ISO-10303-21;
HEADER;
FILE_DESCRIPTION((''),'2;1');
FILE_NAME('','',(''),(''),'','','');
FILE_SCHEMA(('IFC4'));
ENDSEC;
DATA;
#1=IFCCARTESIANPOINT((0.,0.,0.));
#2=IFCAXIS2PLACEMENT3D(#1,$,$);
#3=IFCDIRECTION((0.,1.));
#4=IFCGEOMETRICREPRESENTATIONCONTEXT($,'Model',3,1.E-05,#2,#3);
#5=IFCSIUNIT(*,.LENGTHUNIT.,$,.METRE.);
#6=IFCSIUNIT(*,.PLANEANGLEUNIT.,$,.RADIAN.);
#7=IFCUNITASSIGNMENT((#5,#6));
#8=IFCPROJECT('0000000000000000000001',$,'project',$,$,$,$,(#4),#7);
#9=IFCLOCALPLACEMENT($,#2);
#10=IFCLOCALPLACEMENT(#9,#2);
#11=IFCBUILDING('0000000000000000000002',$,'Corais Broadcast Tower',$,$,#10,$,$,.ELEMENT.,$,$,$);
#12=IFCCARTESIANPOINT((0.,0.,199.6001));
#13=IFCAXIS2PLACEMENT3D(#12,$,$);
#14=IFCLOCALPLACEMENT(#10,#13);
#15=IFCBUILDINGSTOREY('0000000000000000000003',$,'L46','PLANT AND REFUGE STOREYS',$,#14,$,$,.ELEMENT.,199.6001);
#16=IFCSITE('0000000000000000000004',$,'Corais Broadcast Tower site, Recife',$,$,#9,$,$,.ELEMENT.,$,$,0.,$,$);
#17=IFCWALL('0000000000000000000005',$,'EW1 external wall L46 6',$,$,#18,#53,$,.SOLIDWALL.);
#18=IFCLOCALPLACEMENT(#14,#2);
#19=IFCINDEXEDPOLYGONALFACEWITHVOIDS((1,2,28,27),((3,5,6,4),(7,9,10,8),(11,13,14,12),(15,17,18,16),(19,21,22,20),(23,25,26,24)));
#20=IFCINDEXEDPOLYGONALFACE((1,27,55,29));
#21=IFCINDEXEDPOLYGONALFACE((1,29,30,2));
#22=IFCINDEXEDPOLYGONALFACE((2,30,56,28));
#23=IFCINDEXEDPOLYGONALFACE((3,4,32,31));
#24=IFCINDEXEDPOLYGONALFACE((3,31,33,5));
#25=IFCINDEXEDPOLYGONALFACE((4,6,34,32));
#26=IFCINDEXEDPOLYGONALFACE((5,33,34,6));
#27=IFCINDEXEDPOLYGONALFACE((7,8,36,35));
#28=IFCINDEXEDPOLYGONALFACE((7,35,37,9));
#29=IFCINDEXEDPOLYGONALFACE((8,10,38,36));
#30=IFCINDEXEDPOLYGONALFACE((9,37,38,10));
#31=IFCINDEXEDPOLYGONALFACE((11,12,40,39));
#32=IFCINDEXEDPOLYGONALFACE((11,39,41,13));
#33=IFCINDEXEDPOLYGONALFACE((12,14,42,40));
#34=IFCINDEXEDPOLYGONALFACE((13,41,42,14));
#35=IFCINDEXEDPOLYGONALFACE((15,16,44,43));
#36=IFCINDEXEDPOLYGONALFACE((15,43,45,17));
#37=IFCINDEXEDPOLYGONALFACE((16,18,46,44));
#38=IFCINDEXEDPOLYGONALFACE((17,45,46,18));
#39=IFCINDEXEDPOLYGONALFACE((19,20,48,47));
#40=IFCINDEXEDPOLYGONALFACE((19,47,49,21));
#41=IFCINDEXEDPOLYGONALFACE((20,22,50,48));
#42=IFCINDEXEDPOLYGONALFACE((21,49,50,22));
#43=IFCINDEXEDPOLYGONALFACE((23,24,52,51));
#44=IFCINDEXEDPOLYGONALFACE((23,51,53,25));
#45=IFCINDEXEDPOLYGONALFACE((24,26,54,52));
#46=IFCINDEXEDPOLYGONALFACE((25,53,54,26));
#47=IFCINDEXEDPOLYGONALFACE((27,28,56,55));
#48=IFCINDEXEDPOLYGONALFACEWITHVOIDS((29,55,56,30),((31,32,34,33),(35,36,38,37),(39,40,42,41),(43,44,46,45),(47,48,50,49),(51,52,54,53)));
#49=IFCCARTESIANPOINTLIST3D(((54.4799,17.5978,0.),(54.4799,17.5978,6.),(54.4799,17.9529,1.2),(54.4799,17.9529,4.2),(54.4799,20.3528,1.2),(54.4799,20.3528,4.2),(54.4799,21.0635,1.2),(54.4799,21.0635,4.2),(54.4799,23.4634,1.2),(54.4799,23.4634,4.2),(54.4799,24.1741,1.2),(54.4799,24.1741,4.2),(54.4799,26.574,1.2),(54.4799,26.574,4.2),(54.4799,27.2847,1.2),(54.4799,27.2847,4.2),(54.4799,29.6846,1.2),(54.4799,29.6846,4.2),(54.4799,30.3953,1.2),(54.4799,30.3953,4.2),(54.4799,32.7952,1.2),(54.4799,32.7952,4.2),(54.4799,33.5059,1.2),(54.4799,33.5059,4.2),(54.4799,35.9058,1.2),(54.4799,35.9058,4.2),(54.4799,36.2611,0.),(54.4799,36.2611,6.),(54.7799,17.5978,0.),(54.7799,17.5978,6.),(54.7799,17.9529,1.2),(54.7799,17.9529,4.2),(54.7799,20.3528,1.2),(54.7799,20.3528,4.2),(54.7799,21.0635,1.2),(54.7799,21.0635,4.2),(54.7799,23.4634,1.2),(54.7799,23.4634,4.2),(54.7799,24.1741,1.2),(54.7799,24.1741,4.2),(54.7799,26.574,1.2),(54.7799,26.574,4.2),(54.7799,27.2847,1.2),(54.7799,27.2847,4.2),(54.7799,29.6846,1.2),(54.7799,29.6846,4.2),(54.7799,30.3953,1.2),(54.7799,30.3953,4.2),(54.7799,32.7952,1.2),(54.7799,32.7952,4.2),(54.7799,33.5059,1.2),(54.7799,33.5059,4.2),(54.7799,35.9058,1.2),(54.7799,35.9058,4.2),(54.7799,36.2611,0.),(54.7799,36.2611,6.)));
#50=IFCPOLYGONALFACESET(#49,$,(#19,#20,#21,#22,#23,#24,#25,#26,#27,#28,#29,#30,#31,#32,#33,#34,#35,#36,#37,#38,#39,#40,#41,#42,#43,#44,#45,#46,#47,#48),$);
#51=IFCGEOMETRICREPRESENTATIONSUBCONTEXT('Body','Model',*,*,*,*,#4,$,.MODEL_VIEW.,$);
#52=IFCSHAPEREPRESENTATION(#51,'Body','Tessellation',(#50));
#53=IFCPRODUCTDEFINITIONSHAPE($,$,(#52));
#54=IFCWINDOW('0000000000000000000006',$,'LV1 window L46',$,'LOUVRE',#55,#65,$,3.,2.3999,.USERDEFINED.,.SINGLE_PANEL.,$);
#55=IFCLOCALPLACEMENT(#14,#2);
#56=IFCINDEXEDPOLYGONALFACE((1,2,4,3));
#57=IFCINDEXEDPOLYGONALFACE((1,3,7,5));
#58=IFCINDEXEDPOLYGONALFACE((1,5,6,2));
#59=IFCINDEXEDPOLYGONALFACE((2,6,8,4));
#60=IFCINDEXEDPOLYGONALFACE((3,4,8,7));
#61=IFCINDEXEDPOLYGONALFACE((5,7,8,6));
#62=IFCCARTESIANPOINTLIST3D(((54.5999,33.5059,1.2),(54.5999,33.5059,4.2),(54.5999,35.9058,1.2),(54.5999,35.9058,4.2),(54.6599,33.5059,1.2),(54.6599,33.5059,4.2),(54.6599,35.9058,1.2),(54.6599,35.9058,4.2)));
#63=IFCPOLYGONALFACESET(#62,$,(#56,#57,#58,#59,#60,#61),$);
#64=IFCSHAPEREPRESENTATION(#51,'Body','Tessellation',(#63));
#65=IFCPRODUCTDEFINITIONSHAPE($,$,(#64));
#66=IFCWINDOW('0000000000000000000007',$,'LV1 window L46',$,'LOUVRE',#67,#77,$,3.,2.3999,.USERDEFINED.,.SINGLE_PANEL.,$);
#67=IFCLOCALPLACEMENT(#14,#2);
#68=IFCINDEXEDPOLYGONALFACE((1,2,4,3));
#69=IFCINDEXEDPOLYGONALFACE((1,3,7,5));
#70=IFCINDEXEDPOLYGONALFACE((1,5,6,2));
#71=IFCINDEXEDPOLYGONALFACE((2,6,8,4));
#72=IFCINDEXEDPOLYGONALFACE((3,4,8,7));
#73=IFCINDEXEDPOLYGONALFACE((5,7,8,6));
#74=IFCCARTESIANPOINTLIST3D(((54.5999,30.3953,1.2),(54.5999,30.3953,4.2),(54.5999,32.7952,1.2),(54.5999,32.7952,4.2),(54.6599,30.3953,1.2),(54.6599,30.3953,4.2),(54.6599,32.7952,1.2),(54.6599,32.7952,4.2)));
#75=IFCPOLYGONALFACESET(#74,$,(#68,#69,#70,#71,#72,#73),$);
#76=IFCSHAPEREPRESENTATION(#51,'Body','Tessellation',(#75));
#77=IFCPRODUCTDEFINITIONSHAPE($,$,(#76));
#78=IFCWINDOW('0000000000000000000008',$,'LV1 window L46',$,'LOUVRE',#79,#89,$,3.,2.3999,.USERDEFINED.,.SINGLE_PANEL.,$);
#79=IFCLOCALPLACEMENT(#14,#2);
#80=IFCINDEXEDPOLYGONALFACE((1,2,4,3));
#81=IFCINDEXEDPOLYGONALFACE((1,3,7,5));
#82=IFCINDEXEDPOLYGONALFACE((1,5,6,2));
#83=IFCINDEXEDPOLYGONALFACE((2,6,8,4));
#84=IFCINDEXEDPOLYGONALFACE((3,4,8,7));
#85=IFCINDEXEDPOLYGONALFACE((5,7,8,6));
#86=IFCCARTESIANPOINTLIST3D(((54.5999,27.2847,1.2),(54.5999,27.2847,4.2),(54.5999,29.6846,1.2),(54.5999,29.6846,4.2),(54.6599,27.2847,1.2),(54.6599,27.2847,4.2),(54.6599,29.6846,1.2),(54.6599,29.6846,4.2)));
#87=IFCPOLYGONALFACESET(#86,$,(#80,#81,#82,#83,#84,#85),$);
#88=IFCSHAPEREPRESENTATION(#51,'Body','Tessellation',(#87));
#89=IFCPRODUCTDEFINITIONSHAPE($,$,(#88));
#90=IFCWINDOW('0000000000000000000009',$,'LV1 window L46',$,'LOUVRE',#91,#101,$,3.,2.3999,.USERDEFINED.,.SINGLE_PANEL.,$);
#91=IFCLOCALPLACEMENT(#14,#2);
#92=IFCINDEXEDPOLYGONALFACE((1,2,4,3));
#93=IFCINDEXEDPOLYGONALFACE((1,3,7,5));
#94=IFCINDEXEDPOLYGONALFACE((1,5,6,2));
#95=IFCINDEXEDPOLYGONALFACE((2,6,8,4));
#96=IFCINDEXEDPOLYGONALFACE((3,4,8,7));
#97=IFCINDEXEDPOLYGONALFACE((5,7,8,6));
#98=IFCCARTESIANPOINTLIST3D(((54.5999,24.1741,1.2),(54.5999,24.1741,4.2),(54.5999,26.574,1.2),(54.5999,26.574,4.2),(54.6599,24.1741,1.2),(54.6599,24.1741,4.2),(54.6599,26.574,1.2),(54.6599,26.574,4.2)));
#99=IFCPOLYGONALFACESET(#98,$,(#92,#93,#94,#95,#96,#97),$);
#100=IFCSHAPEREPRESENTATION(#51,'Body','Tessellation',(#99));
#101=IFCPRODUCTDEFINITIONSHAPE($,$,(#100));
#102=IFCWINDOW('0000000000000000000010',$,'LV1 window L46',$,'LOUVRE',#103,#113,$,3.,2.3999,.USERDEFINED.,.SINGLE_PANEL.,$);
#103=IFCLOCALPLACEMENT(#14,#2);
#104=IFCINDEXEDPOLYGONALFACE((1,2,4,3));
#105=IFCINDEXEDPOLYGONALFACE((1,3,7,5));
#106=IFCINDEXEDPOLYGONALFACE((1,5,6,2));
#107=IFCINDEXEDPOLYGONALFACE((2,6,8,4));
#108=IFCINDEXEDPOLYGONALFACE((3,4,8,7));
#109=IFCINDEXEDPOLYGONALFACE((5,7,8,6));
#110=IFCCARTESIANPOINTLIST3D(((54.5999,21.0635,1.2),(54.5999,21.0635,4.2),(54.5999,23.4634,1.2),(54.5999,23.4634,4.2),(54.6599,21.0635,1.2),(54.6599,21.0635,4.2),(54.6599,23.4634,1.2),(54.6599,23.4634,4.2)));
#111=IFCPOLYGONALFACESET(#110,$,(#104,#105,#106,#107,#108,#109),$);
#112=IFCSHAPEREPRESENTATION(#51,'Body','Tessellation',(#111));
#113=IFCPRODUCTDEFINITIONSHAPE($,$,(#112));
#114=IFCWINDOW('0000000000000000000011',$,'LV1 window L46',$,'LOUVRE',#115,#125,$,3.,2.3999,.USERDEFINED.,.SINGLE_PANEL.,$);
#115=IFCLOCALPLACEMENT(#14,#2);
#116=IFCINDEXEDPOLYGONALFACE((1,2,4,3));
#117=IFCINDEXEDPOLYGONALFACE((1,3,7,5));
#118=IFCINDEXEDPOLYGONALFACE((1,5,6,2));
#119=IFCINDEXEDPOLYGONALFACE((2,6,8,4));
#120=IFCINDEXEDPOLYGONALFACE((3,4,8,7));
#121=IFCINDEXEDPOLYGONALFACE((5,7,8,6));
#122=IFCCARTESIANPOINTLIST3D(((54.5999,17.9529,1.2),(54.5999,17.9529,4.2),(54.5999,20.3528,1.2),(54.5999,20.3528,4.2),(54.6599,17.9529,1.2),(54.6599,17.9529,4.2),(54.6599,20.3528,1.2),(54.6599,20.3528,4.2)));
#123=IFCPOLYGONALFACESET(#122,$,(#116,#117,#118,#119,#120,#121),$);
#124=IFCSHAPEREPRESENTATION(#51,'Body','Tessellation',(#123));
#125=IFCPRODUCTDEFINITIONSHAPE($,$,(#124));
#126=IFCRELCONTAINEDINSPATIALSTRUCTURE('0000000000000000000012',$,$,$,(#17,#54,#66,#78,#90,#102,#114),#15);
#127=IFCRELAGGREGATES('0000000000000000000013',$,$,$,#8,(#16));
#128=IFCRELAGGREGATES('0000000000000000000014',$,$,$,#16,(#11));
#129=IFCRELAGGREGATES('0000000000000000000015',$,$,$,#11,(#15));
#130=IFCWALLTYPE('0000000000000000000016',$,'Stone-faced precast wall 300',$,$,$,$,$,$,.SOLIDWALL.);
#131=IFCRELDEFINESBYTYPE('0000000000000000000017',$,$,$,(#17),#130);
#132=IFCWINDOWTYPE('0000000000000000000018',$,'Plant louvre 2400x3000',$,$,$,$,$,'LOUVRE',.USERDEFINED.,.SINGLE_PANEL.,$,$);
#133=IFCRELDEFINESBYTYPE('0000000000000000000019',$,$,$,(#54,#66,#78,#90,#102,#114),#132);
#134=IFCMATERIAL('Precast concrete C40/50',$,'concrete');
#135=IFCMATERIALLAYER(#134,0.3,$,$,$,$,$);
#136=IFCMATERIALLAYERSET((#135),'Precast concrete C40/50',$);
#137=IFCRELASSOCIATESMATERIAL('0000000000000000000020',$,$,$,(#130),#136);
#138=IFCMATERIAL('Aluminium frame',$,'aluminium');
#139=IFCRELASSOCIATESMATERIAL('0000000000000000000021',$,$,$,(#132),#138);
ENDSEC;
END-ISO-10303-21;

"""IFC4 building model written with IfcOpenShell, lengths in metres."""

from ifc_helpers import new_model, si_unit, direction, frame, frame_2d, origin, place, context, subcontext, project, spatial, rectangle, extrude, material, layer, layer_set, type_object, element, fill, save


model = new_model("IFC4")

# Units and contexts
model_context = context("Model", 3, precision=1e-05, world=origin(), true_north=direction((0.0, 1.0)))
body_context = subcontext(model_context, "Body", "Model", "MODEL_VIEW")
ifc_project = project(units=[si_unit("LENGTHUNIT", "METRE"), si_unit("PLANEANGLEUNIT", "RADIAN")], contexts=[model_context])

# Site, building, storey
site_placement = place(None, origin())
site = spatial("IfcSite", under=ifc_project, at=site_placement, Name="Corais Broadcast Tower site, Recife", CompositionType="ELEMENT", RefElevation=0.0)
building_placement = place(site_placement, origin())
building = spatial("IfcBuilding", under=site, at=building_placement, Name="Corais Broadcast Tower", CompositionType="ELEMENT")
storey_placement = place(building_placement, frame((0.0, 0.0, 199.6001)))
storey = spatial("IfcBuildingStorey", under=building, at=storey_placement, Name="L46", Description="PLANT AND REFUGE STOREYS", CompositionType="ELEMENT", Elevation=199.6001)

# Wall, openings, windows
ifc_material_1 = material(Name="Precast concrete C40/50", Category="concrete")
ifc_layer = layer(ifc_material_1, 0.3)
ifc_layer_set = layer_set([ifc_layer], Name="Precast concrete C40/50")
wall_type = type_object("IfcWallType", Name="Stone-faced precast wall 300", PredefinedType="SOLIDWALL", material=ifc_layer_set)
wall_placement = place(storey_placement, frame((54.6299, 36.261, 0.0), z_axis=(0.0, 0.0, 1.0), x_axis=(0.0, -1.0, 0.0)))
wall = element("IfcWall", 1, at=wall_placement, inside=storey, type_object=wall_type, Name="EW1 external wall L46 6", PredefinedType="SOLIDWALL", context=body_context, shape_type="SweptSolid", body=[
    extrude(rectangle(XDim=18.6633, YDim=0.3, at=frame_2d((9.3315, 0.0))), origin(), (0.0, 0.0, 1.0), 6.0),
])
opening_1_placement = place(wall_placement, frame((0.3552, 0.0, 1.2)))
opening_1 = element("IfcOpeningElement", 2, at=opening_1_placement, cuts=wall, PredefinedType="OPENING", context=body_context, shape_type="SweptSolid", body=[
    extrude(rectangle(XDim=2.3999, YDim=3.0, at=frame_2d((1.2, 1.5))), frame((0.0, 0.1599, 0.0), z_axis=(0.0, -1.0, 0.0), x_axis=(1.0, 0.0, 0.0)), (0.0, 0.0, 1.0), 0.3201),
])
opening_2_placement = place(wall_placement, frame((3.4658, 0.0, 1.2)))
opening_2 = element("IfcOpeningElement", 3, at=opening_2_placement, cuts=wall, PredefinedType="OPENING", context=body_context, shape_type="SweptSolid", body=[
    extrude(rectangle(XDim=2.3999, YDim=3.0, at=frame_2d((1.2, 1.5))), frame((0.0, 0.1599, 0.0), z_axis=(0.0, -1.0, 0.0), x_axis=(1.0, 0.0, 0.0)), (0.0, 0.0, 1.0), 0.3201),
])
opening_3_placement = place(wall_placement, frame((6.5764, 0.0, 1.2)))
opening_3 = element("IfcOpeningElement", 4, at=opening_3_placement, cuts=wall, PredefinedType="OPENING", context=body_context, shape_type="SweptSolid", body=[
    extrude(rectangle(XDim=2.3999, YDim=3.0, at=frame_2d((1.2, 1.5))), frame((0.0, 0.1599, 0.0), z_axis=(0.0, -1.0, 0.0), x_axis=(1.0, 0.0, 0.0)), (0.0, 0.0, 1.0), 0.3201),
])
opening_4_placement = place(wall_placement, frame((9.687, 0.0, 1.2)))
opening_4 = element("IfcOpeningElement", 5, at=opening_4_placement, cuts=wall, PredefinedType="OPENING", context=body_context, shape_type="SweptSolid", body=[
    extrude(rectangle(XDim=2.3999, YDim=3.0, at=frame_2d((1.2, 1.5))), frame((0.0, 0.1599, 0.0), z_axis=(0.0, -1.0, 0.0), x_axis=(1.0, 0.0, 0.0)), (0.0, 0.0, 1.0), 0.3201),
])
opening_5_placement = place(wall_placement, frame((12.7976, 0.0, 1.2)))
opening_5 = element("IfcOpeningElement", 6, at=opening_5_placement, cuts=wall, PredefinedType="OPENING", context=body_context, shape_type="SweptSolid", body=[
    extrude(rectangle(XDim=2.3999, YDim=3.0, at=frame_2d((1.2, 1.5))), frame((0.0, 0.1599, 0.0), z_axis=(0.0, -1.0, 0.0), x_axis=(1.0, 0.0, 0.0)), (0.0, 0.0, 1.0), 0.3201),
])
opening_6_placement = place(wall_placement, frame((15.9082, 0.0, 1.2)))
opening_6 = element("IfcOpeningElement", 7, at=opening_6_placement, cuts=wall, PredefinedType="OPENING", context=body_context, shape_type="SweptSolid", body=[
    extrude(rectangle(XDim=2.3999, YDim=3.0, at=frame_2d((1.2, 1.5))), frame((0.0, 0.1599, 0.0), z_axis=(0.0, -1.0, 0.0), x_axis=(1.0, 0.0, 0.0)), (0.0, 0.0, 1.0), 0.3201),
])
ifc_material_2 = material(Name="Aluminium frame", Category="aluminium")
window_type = type_object("IfcWindowType", Name="Plant louvre 2400x3000", ElementType="LOUVRE", PartitioningType="SINGLE_PANEL", PredefinedType="USERDEFINED", material=ifc_material_2)
window_1_placement = place(opening_1_placement, origin())
window_1 = element("IfcWindow", 8, at=window_1_placement, inside=storey, type_object=window_type, Name="LV1 window L46", ObjectType="LOUVRE", OverallHeight=3.0, OverallWidth=2.3999, PartitioningType="SINGLE_PANEL", PredefinedType="USERDEFINED", context=body_context, shape_type="SweptSolid", body=[
    extrude(rectangle(XDim=2.3999, YDim=3.0, at=frame_2d((1.2, 1.5))), frame((0.0, 0.03, 0.0), z_axis=(0.0, -1.0, 0.0), x_axis=(1.0, 0.0, 0.0)), (0.0, 0.0, 1.0), 0.0601),
])
fill(opening_1, window_1)
window_2_placement = place(opening_2_placement, origin())
window_2 = element("IfcWindow", 9, at=window_2_placement, inside=storey, type_object=window_type, Name="LV1 window L46", ObjectType="LOUVRE", OverallHeight=3.0, OverallWidth=2.3999, PartitioningType="SINGLE_PANEL", PredefinedType="USERDEFINED", context=body_context, shape_type="SweptSolid", body=[
    extrude(rectangle(XDim=2.3999, YDim=3.0, at=frame_2d((1.2, 1.5))), frame((0.0, 0.03, 0.0), z_axis=(0.0, -1.0, 0.0), x_axis=(1.0, 0.0, 0.0)), (0.0, 0.0, 1.0), 0.0601),
])
fill(opening_2, window_2)
window_3_placement = place(opening_3_placement, origin())
window_3 = element("IfcWindow", 10, at=window_3_placement, inside=storey, type_object=window_type, Name="LV1 window L46", ObjectType="LOUVRE", OverallHeight=3.0, OverallWidth=2.3999, PartitioningType="SINGLE_PANEL", PredefinedType="USERDEFINED", context=body_context, shape_type="SweptSolid", body=[
    extrude(rectangle(XDim=2.3999, YDim=3.0, at=frame_2d((1.2, 1.5))), frame((0.0, 0.03, 0.0), z_axis=(0.0, -1.0, 0.0), x_axis=(1.0, 0.0, 0.0)), (0.0, 0.0, 1.0), 0.0601),
])
fill(opening_3, window_3)
window_4_placement = place(opening_4_placement, origin())
window_4 = element("IfcWindow", 11, at=window_4_placement, inside=storey, type_object=window_type, Name="LV1 window L46", ObjectType="LOUVRE", OverallHeight=3.0, OverallWidth=2.3999, PartitioningType="SINGLE_PANEL", PredefinedType="USERDEFINED", context=body_context, shape_type="SweptSolid", body=[
    extrude(rectangle(XDim=2.3999, YDim=3.0, at=frame_2d((1.2, 1.5))), frame((0.0, 0.03, 0.0), z_axis=(0.0, -1.0, 0.0), x_axis=(1.0, 0.0, 0.0)), (0.0, 0.0, 1.0), 0.0601),
])
fill(opening_4, window_4)
window_5_placement = place(opening_5_placement, origin())
window_5 = element("IfcWindow", 12, at=window_5_placement, inside=storey, type_object=window_type, Name="LV1 window L46", ObjectType="LOUVRE", OverallHeight=3.0, OverallWidth=2.3999, PartitioningType="SINGLE_PANEL", PredefinedType="USERDEFINED", context=body_context, shape_type="SweptSolid", body=[
    extrude(rectangle(XDim=2.3999, YDim=3.0, at=frame_2d((1.2, 1.5))), frame((0.0, 0.03, 0.0), z_axis=(0.0, -1.0, 0.0), x_axis=(1.0, 0.0, 0.0)), (0.0, 0.0, 1.0), 0.0601),
])
fill(opening_5, window_5)
window_6_placement = place(opening_6_placement, origin())
window_6 = element("IfcWindow", 13, at=window_6_placement, inside=storey, type_object=window_type, Name="LV1 window L46", ObjectType="LOUVRE", OverallHeight=3.0, OverallWidth=2.3999, PartitioningType="SINGLE_PANEL", PredefinedType="USERDEFINED", context=body_context, shape_type="SweptSolid", body=[
    extrude(rectangle(XDim=2.3999, YDim=3.0, at=frame_2d((1.2, 1.5))), frame((0.0, 0.03, 0.0), z_axis=(0.0, -1.0, 0.0), x_axis=(1.0, 0.0, 0.0)), (0.0, 0.0, 1.0), 0.0601),
])
fill(opening_6, window_6)

save(model, "model.ifc")
